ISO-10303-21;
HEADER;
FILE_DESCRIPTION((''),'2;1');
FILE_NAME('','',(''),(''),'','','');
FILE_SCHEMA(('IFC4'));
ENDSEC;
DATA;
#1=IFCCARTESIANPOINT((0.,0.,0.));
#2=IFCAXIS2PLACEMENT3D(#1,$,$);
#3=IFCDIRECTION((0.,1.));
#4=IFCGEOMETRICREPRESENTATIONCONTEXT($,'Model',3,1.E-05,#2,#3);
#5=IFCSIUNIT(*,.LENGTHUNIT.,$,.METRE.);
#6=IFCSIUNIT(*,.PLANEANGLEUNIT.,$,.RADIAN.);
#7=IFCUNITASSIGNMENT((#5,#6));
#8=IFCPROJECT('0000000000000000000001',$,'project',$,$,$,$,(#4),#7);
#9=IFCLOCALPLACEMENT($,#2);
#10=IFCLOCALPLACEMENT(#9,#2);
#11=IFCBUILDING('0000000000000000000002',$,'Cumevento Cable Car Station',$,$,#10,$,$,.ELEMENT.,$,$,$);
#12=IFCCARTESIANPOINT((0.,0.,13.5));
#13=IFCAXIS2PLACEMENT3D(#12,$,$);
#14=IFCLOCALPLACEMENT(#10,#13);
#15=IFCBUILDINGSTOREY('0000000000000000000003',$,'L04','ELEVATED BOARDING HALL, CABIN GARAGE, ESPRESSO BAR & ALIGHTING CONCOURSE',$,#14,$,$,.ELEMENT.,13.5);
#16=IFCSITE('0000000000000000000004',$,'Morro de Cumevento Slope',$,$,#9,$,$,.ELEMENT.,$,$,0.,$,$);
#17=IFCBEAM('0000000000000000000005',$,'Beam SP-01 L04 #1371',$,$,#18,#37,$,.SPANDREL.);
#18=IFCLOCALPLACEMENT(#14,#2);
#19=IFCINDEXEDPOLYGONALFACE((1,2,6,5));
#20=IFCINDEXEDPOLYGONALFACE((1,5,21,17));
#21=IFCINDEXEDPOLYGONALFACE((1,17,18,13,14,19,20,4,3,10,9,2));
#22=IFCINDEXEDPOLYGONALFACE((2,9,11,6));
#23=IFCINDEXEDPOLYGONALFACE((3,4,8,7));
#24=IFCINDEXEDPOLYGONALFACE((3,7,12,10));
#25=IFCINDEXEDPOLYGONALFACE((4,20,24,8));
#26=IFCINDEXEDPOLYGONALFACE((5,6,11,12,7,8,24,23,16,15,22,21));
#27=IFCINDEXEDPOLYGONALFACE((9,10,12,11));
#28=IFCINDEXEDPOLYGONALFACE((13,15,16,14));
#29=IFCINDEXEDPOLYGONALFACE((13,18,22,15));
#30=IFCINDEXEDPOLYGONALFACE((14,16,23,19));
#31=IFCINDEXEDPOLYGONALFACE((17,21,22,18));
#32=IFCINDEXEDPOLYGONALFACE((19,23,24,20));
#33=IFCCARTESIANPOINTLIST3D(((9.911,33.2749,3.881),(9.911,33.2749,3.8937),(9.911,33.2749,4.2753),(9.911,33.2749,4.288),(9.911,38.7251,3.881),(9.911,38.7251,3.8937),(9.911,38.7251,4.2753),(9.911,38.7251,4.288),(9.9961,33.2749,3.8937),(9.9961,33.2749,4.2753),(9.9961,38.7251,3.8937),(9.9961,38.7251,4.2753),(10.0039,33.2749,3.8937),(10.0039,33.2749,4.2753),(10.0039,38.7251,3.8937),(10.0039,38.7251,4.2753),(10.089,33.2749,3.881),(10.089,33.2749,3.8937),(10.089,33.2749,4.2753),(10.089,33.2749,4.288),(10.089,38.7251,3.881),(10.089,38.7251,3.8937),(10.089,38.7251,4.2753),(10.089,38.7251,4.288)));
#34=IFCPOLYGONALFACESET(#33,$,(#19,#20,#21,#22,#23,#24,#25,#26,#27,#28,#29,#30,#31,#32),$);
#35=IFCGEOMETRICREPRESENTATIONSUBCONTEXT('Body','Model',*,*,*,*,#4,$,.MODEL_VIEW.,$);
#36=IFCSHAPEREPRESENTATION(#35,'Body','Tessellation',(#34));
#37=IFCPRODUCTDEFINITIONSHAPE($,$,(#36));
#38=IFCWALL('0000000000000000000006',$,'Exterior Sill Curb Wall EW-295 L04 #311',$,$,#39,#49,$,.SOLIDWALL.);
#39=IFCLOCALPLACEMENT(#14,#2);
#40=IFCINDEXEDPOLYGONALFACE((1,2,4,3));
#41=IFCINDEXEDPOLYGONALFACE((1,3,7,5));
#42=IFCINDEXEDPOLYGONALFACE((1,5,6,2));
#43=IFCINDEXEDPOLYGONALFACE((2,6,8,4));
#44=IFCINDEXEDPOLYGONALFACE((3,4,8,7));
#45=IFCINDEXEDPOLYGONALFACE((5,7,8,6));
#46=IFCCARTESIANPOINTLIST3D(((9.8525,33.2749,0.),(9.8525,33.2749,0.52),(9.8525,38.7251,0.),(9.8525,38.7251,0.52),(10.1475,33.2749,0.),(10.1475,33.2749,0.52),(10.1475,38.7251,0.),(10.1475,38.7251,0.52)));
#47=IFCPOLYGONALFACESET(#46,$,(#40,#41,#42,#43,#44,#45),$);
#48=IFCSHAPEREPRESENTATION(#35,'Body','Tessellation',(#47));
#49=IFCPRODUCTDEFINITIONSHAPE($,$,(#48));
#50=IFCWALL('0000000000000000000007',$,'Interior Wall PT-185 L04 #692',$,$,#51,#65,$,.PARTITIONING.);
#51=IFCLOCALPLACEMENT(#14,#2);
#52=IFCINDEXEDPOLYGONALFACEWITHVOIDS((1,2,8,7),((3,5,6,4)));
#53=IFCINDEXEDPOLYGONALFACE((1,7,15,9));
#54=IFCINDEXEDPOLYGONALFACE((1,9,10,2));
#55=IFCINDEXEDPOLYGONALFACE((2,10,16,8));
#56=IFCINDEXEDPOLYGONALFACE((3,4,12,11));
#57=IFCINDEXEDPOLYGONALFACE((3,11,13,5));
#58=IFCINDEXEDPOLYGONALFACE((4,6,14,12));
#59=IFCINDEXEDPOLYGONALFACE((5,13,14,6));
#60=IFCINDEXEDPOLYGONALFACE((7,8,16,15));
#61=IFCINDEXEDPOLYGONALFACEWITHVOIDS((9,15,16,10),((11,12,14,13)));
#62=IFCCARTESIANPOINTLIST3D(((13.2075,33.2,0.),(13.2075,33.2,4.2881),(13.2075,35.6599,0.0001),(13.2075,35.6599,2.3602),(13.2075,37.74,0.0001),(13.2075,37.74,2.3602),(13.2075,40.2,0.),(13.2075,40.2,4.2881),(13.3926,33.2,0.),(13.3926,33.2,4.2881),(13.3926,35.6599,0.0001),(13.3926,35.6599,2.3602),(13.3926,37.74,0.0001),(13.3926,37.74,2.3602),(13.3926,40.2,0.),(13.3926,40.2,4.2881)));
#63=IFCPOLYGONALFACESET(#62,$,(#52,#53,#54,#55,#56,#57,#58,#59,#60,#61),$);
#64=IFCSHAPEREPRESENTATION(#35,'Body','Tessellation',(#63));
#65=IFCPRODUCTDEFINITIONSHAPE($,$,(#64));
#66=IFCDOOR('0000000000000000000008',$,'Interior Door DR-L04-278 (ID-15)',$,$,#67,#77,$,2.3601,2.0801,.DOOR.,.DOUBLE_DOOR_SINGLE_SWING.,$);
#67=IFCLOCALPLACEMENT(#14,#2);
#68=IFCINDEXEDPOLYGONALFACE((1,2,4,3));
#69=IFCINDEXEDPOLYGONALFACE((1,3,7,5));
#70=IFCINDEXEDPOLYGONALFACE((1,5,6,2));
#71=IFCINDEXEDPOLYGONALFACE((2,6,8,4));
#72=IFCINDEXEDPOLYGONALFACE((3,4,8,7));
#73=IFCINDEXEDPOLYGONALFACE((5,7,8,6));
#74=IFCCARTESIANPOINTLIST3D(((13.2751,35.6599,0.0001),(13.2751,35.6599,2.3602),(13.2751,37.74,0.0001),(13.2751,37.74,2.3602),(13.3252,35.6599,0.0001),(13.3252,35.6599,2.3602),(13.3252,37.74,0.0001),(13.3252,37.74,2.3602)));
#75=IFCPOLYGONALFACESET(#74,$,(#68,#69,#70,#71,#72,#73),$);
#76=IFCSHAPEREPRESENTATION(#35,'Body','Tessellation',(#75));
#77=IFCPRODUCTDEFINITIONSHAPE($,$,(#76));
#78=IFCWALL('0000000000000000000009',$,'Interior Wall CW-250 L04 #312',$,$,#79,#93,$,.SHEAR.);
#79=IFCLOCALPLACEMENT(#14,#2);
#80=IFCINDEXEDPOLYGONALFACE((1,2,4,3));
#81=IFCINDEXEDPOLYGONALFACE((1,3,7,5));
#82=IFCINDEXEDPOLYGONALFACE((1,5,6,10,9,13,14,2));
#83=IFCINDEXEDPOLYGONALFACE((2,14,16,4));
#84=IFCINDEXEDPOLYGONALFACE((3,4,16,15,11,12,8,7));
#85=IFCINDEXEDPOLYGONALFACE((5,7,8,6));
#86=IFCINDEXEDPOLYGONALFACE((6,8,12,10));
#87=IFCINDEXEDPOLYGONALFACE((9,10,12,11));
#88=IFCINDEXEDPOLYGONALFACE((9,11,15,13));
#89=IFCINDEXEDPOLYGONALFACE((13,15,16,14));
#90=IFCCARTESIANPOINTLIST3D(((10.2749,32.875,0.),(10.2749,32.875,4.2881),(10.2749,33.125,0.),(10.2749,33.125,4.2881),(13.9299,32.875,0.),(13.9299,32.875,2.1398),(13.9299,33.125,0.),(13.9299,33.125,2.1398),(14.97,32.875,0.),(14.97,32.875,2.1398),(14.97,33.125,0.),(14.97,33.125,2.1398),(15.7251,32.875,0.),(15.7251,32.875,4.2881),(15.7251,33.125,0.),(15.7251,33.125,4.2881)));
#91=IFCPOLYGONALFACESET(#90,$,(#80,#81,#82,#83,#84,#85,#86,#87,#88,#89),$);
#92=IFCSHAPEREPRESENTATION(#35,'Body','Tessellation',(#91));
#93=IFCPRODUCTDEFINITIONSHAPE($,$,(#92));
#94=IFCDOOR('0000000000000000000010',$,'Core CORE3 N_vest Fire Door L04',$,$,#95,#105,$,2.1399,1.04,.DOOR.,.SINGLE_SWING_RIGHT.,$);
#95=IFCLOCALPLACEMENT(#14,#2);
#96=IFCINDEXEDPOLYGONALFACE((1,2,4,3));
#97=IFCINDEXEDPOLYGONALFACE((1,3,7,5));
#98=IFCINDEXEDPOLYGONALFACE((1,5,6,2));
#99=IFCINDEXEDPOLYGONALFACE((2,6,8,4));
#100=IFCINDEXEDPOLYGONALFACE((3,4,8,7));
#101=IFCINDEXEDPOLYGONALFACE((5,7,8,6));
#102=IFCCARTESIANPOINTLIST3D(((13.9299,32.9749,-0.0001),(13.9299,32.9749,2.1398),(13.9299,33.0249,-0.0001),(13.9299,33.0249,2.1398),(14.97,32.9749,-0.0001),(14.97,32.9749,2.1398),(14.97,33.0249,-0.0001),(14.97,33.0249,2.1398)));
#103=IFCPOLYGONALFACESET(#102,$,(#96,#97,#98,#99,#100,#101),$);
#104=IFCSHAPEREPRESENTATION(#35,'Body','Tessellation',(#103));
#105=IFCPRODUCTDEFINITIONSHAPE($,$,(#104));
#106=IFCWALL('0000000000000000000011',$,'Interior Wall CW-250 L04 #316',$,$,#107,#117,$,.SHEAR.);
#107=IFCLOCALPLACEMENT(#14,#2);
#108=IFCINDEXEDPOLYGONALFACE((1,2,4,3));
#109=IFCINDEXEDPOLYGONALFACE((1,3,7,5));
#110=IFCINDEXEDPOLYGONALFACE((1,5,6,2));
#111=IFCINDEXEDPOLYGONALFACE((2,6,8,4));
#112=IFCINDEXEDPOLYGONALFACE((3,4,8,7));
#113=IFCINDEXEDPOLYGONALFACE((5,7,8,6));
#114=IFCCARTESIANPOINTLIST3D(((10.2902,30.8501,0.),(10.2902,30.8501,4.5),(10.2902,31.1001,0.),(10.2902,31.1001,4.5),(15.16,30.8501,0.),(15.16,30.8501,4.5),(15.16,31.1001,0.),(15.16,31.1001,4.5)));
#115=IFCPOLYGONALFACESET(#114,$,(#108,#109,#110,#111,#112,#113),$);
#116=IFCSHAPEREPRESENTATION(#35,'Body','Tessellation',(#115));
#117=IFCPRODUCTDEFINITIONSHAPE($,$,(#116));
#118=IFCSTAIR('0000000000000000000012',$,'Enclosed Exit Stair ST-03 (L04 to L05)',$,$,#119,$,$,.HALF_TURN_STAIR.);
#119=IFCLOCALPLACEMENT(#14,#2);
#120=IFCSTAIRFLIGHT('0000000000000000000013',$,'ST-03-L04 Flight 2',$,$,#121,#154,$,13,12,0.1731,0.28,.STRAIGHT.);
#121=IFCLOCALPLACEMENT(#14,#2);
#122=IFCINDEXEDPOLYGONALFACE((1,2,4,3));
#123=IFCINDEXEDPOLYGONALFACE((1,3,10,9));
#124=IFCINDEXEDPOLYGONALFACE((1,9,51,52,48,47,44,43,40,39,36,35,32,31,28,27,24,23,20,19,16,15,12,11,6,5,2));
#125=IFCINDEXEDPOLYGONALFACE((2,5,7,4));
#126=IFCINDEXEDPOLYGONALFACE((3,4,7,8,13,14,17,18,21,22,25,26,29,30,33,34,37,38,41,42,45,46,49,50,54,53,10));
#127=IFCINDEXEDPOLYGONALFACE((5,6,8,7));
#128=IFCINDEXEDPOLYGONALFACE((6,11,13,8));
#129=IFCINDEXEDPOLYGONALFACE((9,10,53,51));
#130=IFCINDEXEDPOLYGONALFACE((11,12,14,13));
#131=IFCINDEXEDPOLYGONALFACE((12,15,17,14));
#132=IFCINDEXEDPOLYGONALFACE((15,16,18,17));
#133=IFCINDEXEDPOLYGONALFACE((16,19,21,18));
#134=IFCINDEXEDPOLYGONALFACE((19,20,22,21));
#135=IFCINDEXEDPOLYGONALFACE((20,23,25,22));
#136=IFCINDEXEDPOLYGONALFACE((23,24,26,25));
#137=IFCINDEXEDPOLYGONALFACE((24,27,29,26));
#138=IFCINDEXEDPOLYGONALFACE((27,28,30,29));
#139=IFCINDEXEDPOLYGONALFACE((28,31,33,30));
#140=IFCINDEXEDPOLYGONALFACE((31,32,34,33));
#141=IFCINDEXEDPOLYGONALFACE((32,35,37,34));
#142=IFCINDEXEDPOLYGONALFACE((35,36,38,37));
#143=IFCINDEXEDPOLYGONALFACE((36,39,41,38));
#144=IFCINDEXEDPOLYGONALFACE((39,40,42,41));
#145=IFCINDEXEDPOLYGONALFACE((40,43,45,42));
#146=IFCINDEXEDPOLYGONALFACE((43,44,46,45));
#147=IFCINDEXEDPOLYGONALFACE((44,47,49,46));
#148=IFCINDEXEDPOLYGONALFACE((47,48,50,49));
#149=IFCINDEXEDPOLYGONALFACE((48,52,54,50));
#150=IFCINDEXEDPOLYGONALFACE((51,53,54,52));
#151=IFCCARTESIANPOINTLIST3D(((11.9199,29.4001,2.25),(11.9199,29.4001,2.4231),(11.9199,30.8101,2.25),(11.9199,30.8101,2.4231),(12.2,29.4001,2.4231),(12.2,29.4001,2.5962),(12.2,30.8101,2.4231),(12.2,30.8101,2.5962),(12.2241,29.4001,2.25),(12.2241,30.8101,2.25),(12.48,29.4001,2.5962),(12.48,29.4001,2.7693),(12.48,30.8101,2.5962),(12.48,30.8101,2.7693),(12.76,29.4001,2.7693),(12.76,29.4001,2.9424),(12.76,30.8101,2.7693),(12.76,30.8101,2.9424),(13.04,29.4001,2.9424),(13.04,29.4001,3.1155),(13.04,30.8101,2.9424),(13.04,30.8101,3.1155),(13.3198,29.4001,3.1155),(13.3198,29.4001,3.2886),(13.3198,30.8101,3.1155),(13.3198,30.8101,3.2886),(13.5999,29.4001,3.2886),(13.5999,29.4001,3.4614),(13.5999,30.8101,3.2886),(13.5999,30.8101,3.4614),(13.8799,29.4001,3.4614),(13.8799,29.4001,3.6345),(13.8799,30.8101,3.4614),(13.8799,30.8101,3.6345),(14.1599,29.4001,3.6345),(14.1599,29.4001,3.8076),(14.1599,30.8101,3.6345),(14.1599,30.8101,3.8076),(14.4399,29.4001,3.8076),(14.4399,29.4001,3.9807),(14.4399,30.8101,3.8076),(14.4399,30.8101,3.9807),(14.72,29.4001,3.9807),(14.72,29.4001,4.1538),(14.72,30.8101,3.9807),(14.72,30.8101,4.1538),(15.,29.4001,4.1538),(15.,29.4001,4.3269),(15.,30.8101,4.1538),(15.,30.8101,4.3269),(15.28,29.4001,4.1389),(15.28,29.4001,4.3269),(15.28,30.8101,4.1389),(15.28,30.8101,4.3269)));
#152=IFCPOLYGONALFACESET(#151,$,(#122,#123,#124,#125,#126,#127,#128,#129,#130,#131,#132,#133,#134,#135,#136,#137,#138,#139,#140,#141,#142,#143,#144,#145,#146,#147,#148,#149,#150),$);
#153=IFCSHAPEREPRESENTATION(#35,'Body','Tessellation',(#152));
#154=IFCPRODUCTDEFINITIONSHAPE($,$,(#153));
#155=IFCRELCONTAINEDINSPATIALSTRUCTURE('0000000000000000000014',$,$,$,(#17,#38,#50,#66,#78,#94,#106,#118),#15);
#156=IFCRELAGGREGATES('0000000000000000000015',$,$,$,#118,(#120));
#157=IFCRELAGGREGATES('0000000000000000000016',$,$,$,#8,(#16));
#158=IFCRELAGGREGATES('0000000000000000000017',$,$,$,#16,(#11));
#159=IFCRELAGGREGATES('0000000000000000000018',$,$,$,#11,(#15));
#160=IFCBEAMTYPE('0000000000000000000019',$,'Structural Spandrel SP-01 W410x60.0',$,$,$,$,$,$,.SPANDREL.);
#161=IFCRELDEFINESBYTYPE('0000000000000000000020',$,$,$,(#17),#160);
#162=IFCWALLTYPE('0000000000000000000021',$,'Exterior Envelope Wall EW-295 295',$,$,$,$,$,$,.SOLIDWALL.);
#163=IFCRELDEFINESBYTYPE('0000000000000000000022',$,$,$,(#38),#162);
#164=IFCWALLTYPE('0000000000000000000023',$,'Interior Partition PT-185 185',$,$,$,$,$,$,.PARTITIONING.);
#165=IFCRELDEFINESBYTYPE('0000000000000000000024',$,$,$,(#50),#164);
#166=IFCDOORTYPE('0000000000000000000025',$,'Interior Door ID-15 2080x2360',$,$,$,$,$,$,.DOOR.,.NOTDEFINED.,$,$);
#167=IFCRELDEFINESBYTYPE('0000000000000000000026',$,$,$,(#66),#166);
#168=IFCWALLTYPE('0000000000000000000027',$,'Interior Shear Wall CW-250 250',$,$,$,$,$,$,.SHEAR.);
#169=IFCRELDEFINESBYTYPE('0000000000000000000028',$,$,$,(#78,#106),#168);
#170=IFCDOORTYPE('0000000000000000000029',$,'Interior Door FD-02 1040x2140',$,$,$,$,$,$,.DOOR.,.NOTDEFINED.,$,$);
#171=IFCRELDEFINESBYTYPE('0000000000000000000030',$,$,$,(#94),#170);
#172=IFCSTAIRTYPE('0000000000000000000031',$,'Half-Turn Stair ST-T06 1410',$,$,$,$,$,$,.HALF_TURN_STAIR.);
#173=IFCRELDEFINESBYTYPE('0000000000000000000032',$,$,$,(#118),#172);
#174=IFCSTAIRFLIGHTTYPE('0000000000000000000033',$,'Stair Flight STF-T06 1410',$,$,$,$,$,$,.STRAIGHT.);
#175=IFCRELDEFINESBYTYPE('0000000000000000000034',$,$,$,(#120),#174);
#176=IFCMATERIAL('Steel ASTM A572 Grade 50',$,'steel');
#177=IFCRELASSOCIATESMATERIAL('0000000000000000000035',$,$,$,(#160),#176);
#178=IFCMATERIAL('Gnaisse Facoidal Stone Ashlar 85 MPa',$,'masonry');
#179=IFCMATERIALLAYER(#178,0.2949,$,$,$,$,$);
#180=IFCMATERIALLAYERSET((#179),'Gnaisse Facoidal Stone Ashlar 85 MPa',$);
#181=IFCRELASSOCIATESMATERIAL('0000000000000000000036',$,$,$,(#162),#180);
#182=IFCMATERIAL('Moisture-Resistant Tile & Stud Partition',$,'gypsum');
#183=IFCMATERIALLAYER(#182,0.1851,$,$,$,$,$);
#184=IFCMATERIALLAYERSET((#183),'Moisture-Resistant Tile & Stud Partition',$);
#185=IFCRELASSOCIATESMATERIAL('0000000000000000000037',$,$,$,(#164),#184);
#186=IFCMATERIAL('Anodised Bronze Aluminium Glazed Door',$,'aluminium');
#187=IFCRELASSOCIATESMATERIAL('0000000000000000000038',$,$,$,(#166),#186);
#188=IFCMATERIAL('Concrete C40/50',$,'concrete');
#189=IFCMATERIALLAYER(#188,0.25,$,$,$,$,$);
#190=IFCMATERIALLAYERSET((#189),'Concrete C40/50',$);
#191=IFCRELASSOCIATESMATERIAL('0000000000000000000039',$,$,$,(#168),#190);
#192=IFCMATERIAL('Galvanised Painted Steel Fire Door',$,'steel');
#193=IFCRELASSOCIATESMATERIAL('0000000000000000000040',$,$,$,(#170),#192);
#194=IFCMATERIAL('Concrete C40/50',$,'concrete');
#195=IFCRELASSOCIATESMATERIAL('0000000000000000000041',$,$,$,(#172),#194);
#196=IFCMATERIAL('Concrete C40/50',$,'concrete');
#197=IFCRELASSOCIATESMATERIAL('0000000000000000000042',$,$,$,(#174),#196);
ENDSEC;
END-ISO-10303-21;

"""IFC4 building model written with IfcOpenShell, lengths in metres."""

from ifc_helpers import new_model, si_unit, direction, frame, frame_2d, origin, origin_2d, place, context, subcontext, project, spatial, polyline, rectangle, i_section, outline, extrude, material, layer, layer_set, material_profile, profile_set, type_object, element, fill, aggregate, save


model = new_model("IFC4")

# Units and contexts
model_context = context("Model", 3, precision=1e-05, world=origin(), true_north=direction((0.0, 1.0)))
body_context = subcontext(model_context, "Body", "Model", "MODEL_VIEW")
ifc_project = project(units=[si_unit("LENGTHUNIT", "METRE"), si_unit("PLANEANGLEUNIT", "RADIAN")], contexts=[model_context])

# Site, building, storey
site_placement = place(None, origin())
site = spatial("IfcSite", under=ifc_project, at=site_placement, Name="Morro de Cumevento Slope", CompositionType="ELEMENT", RefElevation=0.0)
building_placement = place(site_placement, origin())
building = spatial("IfcBuilding", under=site, at=building_placement, Name="Cumevento Cable Car Station", CompositionType="ELEMENT")
storey_placement = place(building_placement, frame((0.0, 0.0, 13.5)))
storey = spatial("IfcBuildingStorey", under=building, at=storey_placement, Name="L04", Description="ELEVATED BOARDING HALL, CABIN GARAGE, ESPRESSO BAR & ALIGHTING CONCOURSE", CompositionType="ELEMENT", Elevation=13.5)

# Beam
ifc_material_1 = material(Name="Steel ASTM A572 Grade 50", Category="steel")
ifc_material_profile_1 = material_profile(ifc_material_1, i_section(OverallWidth=0.178, OverallDepth=0.407, WebThickness=0.0078, FlangeThickness=0.0127, at=origin_2d()), Name="W410x60.0")
ifc_profile_set_1 = profile_set([ifc_material_profile_1], Name="Steel ASTM A572 Grade 50")
beam_type_1 = type_object("IfcBeamType", Name="Structural Spandrel SP-01 W410x60.0", PredefinedType="SPANDREL", material=ifc_profile_set_1)
beam_1_placement = place(storey_placement, frame((10.0, 33.2749, 4.0845), z_axis=(0.0, 1.0, 0.0), x_axis=(-1.0, 0.0, 0.0)))
element("IfcBeam", 1, at=beam_1_placement, inside=storey, type_object=beam_type_1, Name="Beam SP-01 L04 #1371", PredefinedType="SPANDREL", context=body_context, shape_type="SweptSolid", body=[
    extrude(i_section(OverallWidth=0.178, OverallDepth=0.407, WebThickness=0.0078, FlangeThickness=0.0127, at=origin_2d()), origin(), (0.0, 0.0, 1.0), 5.4502),
])

# Wall
ifc_material_2 = material(Name="Gnaisse Facoidal Stone Ashlar 85 MPa", Category="masonry")
ifc_layer_1 = layer(ifc_material_2, 0.2949)
ifc_layer_set_1 = layer_set([ifc_layer_1], Name="Gnaisse Facoidal Stone Ashlar 85 MPa")
wall_type_1 = type_object("IfcWallType", Name="Exterior Envelope Wall EW-295 295", PredefinedType="SOLIDWALL", material=ifc_layer_set_1)
wall_1_placement = place(storey_placement, frame((10.0, 33.2749, 0.0), z_axis=(0.0, 0.0, 1.0), x_axis=(0.0, 1.0, 0.0)))
element("IfcWall", 2, at=wall_1_placement, inside=storey, type_object=wall_type_1, Name="Exterior Sill Curb Wall EW-295 L04 #311", PredefinedType="SOLIDWALL", context=body_context, shape_type="SweptSolid", body=[
    extrude(rectangle(XDim=5.4502, YDim=0.2949, at=frame_2d((2.7251, 0.0))), origin(), (0.0, 0.0, 1.0), 0.52),
])

# Walls, openings, doors
ifc_material_3 = material(Name="Moisture-Resistant Tile & Stud Partition", Category="gypsum")
ifc_layer_2 = layer(ifc_material_3, 0.1851)
ifc_layer_set_2 = layer_set([ifc_layer_2], Name="Moisture-Resistant Tile & Stud Partition")
wall_type_2 = type_object("IfcWallType", Name="Interior Partition PT-185 185", PredefinedType="PARTITIONING", material=ifc_layer_set_2)
wall_2_placement = place(storey_placement, frame((13.3, 33.2, 0.0), z_axis=(0.0, 0.0, 1.0), x_axis=(0.0, 1.0, 0.0)))
wall_2 = element("IfcWall", 3, at=wall_2_placement, inside=storey, type_object=wall_type_2, Name="Interior Wall PT-185 L04 #692", PredefinedType="PARTITIONING", context=body_context, shape_type="SweptSolid", body=[
    extrude(rectangle(XDim=7.0, YDim=0.1851, at=frame_2d((3.5, 0.0))), origin(), (0.0, 0.0, 1.0), 4.2881),
])
opening_1_placement = place(wall_2_placement, frame((2.46, 0.0, 0.0)))
opening_1 = element("IfcOpeningElement", 4, at=opening_1_placement, cuts=wall_2, PredefinedType="OPENING", context=body_context, shape_type="SweptSolid", body=[
    extrude(rectangle(XDim=2.0801, YDim=2.3601, at=frame_2d((1.04, 1.1802))), frame((0.0, 0.1025, 0.0), z_axis=(0.0, -1.0, 0.0), x_axis=(1.0, 0.0, 0.0)), (0.0, 0.0, 1.0), 0.2051),
])
ifc_material_4 = material(Name="Anodised Bronze Aluminium Glazed Door", Category="aluminium")
door_type_1 = type_object("IfcDoorType", Name="Interior Door ID-15 2080x2360", OperationType="NOTDEFINED", PredefinedType="DOOR", material=ifc_material_4)
door_1_placement = place(opening_1_placement, origin())
door_1 = element("IfcDoor", 5, at=door_1_placement, inside=storey, type_object=door_type_1, Name="Interior Door DR-L04-278 (ID-15)", OperationType="DOUBLE_DOOR_SINGLE_SWING", OverallHeight=2.3601, OverallWidth=2.0801, PredefinedType="DOOR", context=body_context, shape_type="SweptSolid", body=[
    extrude(rectangle(XDim=2.0801, YDim=2.3601, at=frame_2d((1.04, 1.1802))), frame((0.0, 0.0249, 0.0), z_axis=(0.0, -1.0, 0.0), x_axis=(1.0, 0.0, 0.0)), (0.0, 0.0, 1.0), 0.05),
])
fill(opening_1, door_1)
ifc_material_5 = material(Name="Concrete C40/50", Category="concrete")
ifc_layer_3 = layer(ifc_material_5, 0.25)
ifc_layer_set_3 = layer_set([ifc_layer_3], Name="Concrete C40/50")
wall_type_3 = type_object("IfcWallType", Name="Interior Shear Wall CW-250 250", PredefinedType="SHEAR", material=ifc_layer_set_3)
wall_3_placement = place(storey_placement, frame((10.2749, 33.0, 0.0), z_axis=(0.0, 0.0, 1.0), x_axis=(1.0, 0.0, 0.0)))
wall_3 = element("IfcWall", 6, at=wall_3_placement, inside=storey, type_object=wall_type_3, Name="Interior Wall CW-250 L04 #312", PredefinedType="SHEAR", context=body_context, shape_type="SweptSolid", body=[
    extrude(rectangle(XDim=5.4502, YDim=0.25, at=frame_2d((2.7251, 0.0))), origin(), (0.0, 0.0, 1.0), 4.2881),
])
opening_2_placement = place(wall_3_placement, frame((3.655, 0.0, 0.0)))
opening_2 = element("IfcOpeningElement", 7, at=opening_2_placement, cuts=wall_3, PredefinedType="OPENING", context=body_context, shape_type="SweptSolid", body=[
    extrude(rectangle(XDim=1.04, YDim=2.1399, at=frame_2d((0.52, 1.0698))), frame((0.0, 0.135, 0.0), z_axis=(0.0, -1.0, 0.0), x_axis=(1.0, 0.0, 0.0)), (0.0, 0.0, 1.0), 0.27),
])
ifc_material_6 = material(Name="Galvanised Painted Steel Fire Door", Category="steel")
door_type_2 = type_object("IfcDoorType", Name="Interior Door FD-02 1040x2140", OperationType="NOTDEFINED", PredefinedType="DOOR", material=ifc_material_6)
door_2_placement = place(opening_2_placement, origin())
door_2 = element("IfcDoor", 8, at=door_2_placement, inside=storey, type_object=door_type_2, Name="Core CORE3 N_vest Fire Door L04", OperationType="SINGLE_SWING_RIGHT", OverallHeight=2.1399, OverallWidth=1.04, PredefinedType="DOOR", context=body_context, shape_type="SweptSolid", body=[
    extrude(rectangle(XDim=1.04, YDim=2.1399, at=frame_2d((0.52, 1.0698))), frame((0.0, 0.0249, 0.0), z_axis=(0.0, -1.0, 0.0), x_axis=(1.0, 0.0, 0.0)), (0.0, 0.0, 1.0), 0.05),
])
fill(opening_2, door_2)

# Wall
wall_4_placement = place(storey_placement, frame((10.29, 30.9751, 0.0), z_axis=(0.0, 0.0, 1.0), x_axis=(1.0, 0.0, 0.0)))
element("IfcWall", 9, at=wall_4_placement, inside=storey, type_object=wall_type_3, Name="Interior Wall CW-250 L04 #316", PredefinedType="SHEAR", context=body_context, shape_type="SweptSolid", body=[
    extrude(rectangle(XDim=4.8699, YDim=0.25, at=frame_2d((2.4351, 0.0))), origin(), (0.0, 0.0, 1.0), 4.5),
])

# Stair, stair flight
ifc_material_7 = material(Name="Concrete C40/50", Category="concrete")
stair_type = type_object("IfcStairType", Name="Half-Turn Stair ST-T06 1410", PredefinedType="HALF_TURN_STAIR", material=ifc_material_7)
stair_placement = place(storey_placement, origin())
stair = element("IfcStair", 10, at=stair_placement, inside=storey, type_object=stair_type, Name="Enclosed Exit Stair ST-03 (L04 to L05)", PredefinedType="HALF_TURN_STAIR")
ifc_material_8 = material(Name="Concrete C40/50", Category="concrete")
stair_flight_type = type_object("IfcStairFlightType", Name="Stair Flight STF-T06 1410", PredefinedType="STRAIGHT", material=ifc_material_8)
stair_flight_placement = place(storey_placement, frame((11.9199, 30.105, 2.25), z_axis=(0.0, 0.0, 1.0), x_axis=(1.0, 0.0, 0.0)))
stair_flight = element("IfcStairFlight", 11, at=stair_flight_placement, type_object=stair_flight_type, Name="ST-03-L04 Flight 2", NumberOfRisers=13, NumberOfTreads=12, PredefinedType="STRAIGHT", RiserHeight=0.1731, TreadLength=0.28, context=body_context, shape_type="SweptSolid", body=[
    extrude(outline(polyline([(0.0, 0.0), (0.0, 0.1731), (0.28, 0.1731), (0.28, 0.3462), (0.5601, 0.3462), (0.5601, 0.5193), (0.8401, 0.5193), (0.8401, 0.6924), (1.1201, 0.6924), (1.1201, 0.8655), (1.3999, 0.8655), (1.3999, 1.0386), (1.6799, 1.0386), (1.6799, 1.2114), (1.96, 1.2114), (1.96, 1.3845), (2.24, 1.3845), (2.24, 1.5576), (2.52, 1.5576), (2.52, 1.7307), (2.8, 1.7307), (2.8, 1.9038), (3.0801, 1.9038), (3.0801, 2.0769), (3.3601, 2.0769), (3.3601, 2.25), (3.3601, 1.8889), (0.3042, 0.0), (0.0, 0.0)])), frame((0.0, 0.7051, 0.0), z_axis=(0.0, -1.0, 0.0), x_axis=(1.0, 0.0, 0.0)), (0.0, 0.0, 1.0), 1.4099),
])
aggregate(stair, [stair_flight])

save(model, "model.ifc")
